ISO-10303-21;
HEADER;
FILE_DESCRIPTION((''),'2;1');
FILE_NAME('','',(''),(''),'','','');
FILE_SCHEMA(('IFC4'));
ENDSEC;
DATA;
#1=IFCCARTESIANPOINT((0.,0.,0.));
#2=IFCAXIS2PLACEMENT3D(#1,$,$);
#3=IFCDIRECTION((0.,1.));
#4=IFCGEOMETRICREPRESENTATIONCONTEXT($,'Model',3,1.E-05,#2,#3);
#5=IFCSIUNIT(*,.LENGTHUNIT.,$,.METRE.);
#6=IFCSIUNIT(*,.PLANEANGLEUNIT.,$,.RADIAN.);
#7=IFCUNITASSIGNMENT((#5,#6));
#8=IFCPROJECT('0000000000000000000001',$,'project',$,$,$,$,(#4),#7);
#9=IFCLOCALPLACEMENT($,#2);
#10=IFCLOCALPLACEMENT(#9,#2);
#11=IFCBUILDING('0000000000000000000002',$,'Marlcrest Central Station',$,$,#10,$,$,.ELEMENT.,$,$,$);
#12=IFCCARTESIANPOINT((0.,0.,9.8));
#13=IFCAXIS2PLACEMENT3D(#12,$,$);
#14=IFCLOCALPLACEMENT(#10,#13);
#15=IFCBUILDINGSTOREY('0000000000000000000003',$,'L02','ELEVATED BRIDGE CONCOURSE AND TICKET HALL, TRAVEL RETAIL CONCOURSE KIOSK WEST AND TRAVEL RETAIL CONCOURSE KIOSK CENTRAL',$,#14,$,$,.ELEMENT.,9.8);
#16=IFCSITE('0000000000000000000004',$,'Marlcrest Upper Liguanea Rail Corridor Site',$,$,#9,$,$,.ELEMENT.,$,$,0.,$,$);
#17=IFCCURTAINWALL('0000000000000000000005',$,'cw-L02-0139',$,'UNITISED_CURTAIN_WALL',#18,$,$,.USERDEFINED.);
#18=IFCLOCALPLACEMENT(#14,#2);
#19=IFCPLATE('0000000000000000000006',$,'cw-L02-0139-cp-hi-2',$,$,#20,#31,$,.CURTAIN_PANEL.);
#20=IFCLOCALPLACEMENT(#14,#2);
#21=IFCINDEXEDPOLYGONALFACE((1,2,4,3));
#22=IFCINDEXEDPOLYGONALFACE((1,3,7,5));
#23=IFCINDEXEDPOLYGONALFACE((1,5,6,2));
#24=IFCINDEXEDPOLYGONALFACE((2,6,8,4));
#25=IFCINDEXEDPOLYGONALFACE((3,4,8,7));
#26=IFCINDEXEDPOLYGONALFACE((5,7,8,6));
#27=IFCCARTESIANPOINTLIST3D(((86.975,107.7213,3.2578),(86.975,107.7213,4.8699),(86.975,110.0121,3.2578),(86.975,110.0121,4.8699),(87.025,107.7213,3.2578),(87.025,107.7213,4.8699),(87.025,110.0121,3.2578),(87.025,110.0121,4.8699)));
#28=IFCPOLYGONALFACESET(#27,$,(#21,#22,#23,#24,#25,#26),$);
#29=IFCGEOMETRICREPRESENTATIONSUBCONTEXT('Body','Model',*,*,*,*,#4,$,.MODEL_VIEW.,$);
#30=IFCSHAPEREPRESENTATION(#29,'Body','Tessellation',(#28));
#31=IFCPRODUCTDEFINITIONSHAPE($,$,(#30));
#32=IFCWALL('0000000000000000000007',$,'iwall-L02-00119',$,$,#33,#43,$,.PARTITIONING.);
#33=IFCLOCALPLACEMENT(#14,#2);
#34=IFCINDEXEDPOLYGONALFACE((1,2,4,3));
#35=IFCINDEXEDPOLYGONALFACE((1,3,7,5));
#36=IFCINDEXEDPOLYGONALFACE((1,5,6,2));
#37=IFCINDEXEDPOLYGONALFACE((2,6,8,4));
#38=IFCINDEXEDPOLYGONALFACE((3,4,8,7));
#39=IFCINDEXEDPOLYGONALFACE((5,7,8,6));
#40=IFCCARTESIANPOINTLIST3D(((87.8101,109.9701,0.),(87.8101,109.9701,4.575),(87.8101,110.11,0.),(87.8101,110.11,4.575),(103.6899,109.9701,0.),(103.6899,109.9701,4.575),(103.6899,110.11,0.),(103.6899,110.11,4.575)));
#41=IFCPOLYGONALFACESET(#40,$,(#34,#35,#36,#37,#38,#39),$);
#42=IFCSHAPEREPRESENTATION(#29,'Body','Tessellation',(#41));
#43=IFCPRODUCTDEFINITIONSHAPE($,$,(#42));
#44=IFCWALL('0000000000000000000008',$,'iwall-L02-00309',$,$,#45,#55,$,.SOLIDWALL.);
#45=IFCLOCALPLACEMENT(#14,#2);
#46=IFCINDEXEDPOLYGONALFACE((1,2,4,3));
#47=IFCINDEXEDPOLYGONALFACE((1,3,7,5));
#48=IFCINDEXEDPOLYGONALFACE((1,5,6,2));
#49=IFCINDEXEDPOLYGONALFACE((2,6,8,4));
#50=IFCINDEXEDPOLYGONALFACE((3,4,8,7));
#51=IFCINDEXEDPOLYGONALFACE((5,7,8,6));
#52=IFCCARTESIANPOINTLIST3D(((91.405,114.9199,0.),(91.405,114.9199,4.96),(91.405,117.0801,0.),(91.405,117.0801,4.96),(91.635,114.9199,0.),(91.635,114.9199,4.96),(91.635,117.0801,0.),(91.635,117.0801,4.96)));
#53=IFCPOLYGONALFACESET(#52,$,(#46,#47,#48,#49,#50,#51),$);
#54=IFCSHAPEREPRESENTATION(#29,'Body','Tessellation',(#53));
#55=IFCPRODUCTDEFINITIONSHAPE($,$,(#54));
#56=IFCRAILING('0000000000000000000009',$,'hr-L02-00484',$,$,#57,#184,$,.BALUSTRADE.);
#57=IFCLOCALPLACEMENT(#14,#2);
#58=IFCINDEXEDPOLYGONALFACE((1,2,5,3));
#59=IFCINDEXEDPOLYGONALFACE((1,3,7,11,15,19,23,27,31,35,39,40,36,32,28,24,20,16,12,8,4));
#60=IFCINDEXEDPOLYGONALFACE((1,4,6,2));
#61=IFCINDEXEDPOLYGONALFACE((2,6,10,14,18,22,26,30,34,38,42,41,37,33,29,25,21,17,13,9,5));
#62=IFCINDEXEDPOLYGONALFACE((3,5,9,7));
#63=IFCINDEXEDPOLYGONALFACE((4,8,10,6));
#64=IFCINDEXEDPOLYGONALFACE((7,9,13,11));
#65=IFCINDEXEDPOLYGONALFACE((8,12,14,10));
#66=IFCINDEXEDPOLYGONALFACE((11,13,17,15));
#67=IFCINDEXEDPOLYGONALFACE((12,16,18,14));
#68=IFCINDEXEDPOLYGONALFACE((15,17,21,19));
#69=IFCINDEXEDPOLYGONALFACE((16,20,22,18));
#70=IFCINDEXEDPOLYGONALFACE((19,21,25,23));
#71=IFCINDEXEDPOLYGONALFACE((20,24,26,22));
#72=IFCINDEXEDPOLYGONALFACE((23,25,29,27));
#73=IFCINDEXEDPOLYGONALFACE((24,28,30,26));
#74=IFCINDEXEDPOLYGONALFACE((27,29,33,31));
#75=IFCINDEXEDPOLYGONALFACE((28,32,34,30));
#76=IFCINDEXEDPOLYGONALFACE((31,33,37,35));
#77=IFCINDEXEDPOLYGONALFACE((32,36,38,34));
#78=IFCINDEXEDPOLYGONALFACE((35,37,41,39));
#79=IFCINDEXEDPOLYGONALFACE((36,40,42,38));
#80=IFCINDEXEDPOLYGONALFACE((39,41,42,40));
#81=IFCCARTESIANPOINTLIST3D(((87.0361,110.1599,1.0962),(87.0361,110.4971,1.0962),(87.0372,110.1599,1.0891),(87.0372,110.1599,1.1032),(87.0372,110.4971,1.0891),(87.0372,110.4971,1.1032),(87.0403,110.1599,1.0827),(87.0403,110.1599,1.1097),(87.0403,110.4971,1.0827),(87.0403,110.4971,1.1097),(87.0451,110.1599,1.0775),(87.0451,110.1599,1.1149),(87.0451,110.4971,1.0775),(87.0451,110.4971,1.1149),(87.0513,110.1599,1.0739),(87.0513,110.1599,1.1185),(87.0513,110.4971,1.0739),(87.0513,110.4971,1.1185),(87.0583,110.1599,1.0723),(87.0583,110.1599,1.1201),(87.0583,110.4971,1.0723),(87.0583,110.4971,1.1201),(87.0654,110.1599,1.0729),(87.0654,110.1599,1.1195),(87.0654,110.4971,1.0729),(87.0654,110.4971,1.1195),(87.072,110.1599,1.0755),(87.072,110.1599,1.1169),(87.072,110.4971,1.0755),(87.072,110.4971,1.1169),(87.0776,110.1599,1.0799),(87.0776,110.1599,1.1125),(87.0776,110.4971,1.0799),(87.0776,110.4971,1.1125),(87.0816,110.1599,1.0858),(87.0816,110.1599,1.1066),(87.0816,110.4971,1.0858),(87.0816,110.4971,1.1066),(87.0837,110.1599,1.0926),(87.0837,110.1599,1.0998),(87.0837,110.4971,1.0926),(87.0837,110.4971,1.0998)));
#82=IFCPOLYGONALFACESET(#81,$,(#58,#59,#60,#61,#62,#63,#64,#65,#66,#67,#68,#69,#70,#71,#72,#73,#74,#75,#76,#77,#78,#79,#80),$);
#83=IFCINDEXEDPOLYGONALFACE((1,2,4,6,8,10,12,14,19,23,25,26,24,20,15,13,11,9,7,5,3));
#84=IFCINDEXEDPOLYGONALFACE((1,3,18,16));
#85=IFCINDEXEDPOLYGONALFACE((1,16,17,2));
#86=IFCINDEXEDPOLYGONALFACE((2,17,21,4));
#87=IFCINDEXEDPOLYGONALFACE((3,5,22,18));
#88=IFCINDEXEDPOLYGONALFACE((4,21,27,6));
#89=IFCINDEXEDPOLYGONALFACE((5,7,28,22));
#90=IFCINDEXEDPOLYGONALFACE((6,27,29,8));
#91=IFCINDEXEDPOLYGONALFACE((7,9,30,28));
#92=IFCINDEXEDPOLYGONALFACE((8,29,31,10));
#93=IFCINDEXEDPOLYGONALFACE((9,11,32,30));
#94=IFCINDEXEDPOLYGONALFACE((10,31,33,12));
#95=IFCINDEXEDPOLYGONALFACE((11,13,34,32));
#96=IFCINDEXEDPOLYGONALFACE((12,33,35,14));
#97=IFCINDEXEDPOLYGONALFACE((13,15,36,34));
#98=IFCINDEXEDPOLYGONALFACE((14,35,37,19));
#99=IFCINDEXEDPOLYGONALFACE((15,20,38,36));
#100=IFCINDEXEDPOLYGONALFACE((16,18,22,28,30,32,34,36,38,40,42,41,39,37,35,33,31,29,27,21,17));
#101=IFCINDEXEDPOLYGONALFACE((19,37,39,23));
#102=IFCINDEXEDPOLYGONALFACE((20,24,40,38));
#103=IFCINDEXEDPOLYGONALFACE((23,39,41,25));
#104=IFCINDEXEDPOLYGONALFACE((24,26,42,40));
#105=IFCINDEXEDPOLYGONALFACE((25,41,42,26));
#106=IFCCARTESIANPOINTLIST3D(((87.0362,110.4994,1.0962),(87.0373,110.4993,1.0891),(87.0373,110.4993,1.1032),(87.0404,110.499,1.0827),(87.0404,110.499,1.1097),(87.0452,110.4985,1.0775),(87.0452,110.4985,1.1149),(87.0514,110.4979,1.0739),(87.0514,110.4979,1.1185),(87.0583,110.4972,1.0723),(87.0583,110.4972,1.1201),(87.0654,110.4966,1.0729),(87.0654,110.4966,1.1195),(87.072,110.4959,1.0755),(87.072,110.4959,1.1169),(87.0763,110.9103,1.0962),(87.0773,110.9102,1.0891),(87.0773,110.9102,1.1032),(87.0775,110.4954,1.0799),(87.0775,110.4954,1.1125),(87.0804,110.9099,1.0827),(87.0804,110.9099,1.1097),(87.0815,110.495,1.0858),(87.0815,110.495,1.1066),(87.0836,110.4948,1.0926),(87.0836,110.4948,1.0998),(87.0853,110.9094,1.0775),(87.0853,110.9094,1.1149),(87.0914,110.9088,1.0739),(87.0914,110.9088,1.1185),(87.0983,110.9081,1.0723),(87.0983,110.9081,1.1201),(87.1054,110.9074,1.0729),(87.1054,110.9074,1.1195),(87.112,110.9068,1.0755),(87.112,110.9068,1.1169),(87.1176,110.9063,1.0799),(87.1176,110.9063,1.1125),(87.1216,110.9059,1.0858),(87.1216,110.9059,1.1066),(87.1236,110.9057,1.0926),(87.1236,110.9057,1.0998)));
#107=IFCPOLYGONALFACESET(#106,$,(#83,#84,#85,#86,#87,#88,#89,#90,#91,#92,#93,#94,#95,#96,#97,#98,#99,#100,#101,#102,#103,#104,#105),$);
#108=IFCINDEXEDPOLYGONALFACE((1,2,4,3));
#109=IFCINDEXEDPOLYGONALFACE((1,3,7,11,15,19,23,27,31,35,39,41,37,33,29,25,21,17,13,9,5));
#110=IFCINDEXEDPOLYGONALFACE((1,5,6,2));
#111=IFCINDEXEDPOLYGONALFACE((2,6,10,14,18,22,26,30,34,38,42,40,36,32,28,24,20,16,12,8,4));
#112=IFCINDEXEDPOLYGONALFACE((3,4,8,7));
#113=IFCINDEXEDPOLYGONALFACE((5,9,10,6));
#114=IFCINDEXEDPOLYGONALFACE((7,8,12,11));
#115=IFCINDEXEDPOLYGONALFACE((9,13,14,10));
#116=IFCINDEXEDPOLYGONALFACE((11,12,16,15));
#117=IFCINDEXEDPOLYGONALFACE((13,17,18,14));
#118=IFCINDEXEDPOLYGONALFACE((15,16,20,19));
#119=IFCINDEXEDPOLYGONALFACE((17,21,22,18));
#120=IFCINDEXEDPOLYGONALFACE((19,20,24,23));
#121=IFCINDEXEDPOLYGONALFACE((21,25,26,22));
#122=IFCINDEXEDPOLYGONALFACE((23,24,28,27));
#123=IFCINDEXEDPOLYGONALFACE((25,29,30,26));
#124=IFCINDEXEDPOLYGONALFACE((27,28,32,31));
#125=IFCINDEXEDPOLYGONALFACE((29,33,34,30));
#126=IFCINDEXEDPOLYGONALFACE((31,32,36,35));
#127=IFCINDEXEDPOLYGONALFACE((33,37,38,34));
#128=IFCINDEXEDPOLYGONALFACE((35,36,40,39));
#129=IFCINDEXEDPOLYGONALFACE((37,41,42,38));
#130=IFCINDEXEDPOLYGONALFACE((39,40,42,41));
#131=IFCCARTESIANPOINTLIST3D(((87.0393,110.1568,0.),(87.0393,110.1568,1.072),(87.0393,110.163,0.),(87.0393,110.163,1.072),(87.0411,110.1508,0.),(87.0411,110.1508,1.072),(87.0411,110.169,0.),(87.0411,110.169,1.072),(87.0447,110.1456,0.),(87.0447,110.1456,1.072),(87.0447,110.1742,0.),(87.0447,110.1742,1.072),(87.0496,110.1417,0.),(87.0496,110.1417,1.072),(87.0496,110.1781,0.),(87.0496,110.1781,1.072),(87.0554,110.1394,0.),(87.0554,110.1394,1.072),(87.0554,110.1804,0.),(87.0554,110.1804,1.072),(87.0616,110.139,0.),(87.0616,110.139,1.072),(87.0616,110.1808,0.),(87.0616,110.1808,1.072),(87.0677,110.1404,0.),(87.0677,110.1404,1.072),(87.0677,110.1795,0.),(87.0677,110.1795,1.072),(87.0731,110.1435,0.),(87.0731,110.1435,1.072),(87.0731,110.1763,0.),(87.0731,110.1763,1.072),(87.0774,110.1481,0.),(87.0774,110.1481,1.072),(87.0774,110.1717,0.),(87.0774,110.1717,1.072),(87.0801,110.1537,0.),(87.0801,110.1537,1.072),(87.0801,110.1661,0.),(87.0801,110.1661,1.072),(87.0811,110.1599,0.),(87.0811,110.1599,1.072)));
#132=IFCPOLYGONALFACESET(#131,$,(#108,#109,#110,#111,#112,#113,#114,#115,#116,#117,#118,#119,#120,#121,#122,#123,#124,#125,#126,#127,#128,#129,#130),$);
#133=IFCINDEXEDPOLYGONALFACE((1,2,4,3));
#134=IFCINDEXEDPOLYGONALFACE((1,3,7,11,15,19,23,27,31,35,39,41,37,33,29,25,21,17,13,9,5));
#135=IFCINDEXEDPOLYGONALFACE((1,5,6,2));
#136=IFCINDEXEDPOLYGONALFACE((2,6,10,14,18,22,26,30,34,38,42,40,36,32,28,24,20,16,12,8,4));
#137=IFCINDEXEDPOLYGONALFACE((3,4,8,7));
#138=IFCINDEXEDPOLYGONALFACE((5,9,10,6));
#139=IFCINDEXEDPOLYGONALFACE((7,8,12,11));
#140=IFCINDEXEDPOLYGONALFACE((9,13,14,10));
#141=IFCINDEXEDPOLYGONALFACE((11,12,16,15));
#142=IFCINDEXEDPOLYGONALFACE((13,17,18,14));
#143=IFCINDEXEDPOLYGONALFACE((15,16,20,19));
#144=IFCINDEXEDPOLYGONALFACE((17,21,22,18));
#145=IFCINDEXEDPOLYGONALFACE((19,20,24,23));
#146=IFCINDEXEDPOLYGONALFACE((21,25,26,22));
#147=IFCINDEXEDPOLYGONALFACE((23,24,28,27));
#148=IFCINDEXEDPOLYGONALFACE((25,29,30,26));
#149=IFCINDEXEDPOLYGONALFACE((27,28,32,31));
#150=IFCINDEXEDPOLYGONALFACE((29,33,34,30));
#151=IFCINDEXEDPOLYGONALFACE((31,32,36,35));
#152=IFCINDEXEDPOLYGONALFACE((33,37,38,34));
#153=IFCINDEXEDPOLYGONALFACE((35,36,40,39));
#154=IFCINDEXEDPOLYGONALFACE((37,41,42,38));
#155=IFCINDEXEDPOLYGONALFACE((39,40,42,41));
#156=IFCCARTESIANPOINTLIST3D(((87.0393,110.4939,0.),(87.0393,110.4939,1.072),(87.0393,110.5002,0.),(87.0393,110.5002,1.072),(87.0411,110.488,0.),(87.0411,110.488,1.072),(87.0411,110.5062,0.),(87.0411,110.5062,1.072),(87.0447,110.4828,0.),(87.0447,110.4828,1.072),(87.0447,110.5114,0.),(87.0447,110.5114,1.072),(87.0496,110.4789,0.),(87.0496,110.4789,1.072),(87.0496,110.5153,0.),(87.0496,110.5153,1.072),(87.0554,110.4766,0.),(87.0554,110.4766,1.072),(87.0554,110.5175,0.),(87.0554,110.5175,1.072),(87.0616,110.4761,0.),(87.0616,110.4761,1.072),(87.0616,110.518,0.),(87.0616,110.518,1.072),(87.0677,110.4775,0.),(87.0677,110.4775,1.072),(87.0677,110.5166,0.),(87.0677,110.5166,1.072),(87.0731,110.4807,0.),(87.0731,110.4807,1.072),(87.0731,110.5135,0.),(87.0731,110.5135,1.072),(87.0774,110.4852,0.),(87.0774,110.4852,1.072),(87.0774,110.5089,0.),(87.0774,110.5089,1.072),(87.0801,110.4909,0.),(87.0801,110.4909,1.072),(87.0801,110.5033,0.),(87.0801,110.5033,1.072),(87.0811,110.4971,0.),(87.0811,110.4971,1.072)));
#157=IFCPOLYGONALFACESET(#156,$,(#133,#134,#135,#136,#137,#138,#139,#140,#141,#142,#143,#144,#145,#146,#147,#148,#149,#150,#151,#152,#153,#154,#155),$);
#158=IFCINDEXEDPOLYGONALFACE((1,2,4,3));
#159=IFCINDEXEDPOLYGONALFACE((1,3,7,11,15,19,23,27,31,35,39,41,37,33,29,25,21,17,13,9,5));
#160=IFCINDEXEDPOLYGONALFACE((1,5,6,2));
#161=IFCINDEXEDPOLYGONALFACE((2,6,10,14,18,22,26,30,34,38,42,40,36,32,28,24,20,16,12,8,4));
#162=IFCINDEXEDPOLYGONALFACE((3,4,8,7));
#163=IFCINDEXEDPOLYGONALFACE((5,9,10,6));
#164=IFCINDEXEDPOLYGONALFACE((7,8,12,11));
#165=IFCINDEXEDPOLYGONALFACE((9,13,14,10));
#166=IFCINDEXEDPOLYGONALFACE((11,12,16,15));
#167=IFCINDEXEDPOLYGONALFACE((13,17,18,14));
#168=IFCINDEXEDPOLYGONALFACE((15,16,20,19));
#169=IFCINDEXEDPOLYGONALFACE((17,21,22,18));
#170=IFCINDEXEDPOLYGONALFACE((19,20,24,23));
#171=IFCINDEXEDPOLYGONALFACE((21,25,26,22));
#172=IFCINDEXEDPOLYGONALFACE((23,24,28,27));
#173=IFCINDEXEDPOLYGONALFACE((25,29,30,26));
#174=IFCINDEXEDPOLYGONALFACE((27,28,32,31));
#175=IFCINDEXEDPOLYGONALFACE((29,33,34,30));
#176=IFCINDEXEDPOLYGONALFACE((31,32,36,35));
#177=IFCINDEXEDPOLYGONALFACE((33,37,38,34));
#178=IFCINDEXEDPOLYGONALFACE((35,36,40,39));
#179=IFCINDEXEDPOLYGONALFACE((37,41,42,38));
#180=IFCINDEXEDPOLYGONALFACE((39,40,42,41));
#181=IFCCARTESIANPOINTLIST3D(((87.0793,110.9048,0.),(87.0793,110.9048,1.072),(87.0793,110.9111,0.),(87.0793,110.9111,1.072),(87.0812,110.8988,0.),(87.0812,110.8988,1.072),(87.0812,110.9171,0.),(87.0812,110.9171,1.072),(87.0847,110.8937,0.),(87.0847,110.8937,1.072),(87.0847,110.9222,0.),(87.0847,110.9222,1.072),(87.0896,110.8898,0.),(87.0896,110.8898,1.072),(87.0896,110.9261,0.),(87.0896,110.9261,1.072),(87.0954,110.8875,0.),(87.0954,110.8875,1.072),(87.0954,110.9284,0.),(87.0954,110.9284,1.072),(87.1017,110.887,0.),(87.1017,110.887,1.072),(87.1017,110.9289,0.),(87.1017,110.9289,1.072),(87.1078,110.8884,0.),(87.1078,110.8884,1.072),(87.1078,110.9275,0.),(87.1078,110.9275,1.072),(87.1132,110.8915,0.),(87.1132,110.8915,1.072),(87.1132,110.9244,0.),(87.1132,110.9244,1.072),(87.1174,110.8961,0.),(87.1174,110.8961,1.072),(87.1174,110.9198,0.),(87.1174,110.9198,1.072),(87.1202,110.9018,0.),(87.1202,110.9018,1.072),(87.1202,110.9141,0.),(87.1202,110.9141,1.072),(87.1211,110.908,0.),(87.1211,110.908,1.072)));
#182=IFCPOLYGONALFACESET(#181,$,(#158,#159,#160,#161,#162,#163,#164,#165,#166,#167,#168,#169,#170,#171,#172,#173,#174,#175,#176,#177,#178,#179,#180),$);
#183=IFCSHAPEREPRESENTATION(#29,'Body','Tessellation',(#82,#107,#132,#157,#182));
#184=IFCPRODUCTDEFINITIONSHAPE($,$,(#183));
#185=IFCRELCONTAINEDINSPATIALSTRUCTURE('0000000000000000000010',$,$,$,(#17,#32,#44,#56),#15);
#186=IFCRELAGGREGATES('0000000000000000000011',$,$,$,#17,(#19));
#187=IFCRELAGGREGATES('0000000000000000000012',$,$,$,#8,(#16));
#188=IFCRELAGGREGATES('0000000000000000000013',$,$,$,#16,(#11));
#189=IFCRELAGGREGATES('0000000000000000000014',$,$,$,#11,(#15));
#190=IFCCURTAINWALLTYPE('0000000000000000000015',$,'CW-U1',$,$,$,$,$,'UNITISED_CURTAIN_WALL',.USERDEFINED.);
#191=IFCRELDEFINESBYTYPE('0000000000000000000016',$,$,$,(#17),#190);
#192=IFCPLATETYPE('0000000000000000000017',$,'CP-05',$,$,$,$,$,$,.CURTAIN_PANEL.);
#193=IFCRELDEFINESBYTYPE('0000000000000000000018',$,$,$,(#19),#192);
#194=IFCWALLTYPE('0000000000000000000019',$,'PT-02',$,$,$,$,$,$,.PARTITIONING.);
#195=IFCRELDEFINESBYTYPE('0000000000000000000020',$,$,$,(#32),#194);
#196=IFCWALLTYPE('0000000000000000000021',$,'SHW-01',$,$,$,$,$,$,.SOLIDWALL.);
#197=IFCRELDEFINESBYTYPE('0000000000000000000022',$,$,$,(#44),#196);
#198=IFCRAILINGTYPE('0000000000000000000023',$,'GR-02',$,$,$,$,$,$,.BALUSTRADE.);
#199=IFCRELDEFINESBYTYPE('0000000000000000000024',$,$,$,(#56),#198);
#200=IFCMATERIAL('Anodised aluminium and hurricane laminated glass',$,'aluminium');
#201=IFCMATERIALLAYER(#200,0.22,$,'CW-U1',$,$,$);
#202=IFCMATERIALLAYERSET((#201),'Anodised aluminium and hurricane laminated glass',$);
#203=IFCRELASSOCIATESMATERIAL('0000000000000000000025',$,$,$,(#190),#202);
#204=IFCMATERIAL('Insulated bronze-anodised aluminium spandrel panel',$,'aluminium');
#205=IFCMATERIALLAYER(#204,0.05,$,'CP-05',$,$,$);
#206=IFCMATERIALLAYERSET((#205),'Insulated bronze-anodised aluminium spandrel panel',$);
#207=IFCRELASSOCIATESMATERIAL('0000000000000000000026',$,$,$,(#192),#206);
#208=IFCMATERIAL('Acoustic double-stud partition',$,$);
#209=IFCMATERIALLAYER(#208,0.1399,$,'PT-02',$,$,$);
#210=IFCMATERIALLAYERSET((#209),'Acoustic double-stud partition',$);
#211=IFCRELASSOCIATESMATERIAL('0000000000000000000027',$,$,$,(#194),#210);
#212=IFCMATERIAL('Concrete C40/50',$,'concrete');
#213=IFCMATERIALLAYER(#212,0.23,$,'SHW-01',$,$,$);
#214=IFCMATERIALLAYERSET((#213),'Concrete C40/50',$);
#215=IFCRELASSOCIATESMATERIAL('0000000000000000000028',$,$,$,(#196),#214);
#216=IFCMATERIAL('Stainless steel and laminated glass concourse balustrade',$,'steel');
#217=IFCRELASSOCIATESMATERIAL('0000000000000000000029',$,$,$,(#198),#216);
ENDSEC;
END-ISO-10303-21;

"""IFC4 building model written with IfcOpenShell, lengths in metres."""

from ifc_helpers import new_model, si_unit, direction, frame, frame_2d, origin, origin_2d, place, context, subcontext, project, spatial, rectangle, circle, extrude, material, layer, layer_set, type_object, element, aggregate, save


model = new_model("IFC4")

# Units and contexts
model_context = context("Model", 3, precision=1e-05, world=origin(), true_north=direction((0.0, 1.0)))
body_context = subcontext(model_context, "Body", "Model", "MODEL_VIEW")
ifc_project = project(units=[si_unit("LENGTHUNIT", "METRE"), si_unit("PLANEANGLEUNIT", "RADIAN")], contexts=[model_context])

# Site, building, storey
site_placement = place(None, origin())
site = spatial("IfcSite", under=ifc_project, at=site_placement, Name="Marlcrest Upper Liguanea Rail Corridor Site", CompositionType="ELEMENT", RefElevation=0.0)
building_placement = place(site_placement, origin())
building = spatial("IfcBuilding", under=site, at=building_placement, Name="Marlcrest Central Station", CompositionType="ELEMENT")
storey_placement = place(building_placement, frame((0.0, 0.0, 9.8)))
storey = spatial("IfcBuildingStorey", under=building, at=storey_placement, Name="L02", Description="ELEVATED BRIDGE CONCOURSE AND TICKET HALL, TRAVEL RETAIL CONCOURSE KIOSK WEST AND TRAVEL RETAIL CONCOURSE KIOSK CENTRAL", CompositionType="ELEMENT", Elevation=9.8)

# Shared definitions
ifc_material_1 = material(Name="Anodised aluminium and hurricane laminated glass", Category="aluminium")
ifc_layer_1 = layer(ifc_material_1, 0.22, Name="CW-U1")
ifc_layer_set_1 = layer_set([ifc_layer_1], Name="Anodised aluminium and hurricane laminated glass")
curtain_wall_type = type_object("IfcCurtainWallType", Name="CW-U1", ElementType="UNITISED_CURTAIN_WALL", PredefinedType="USERDEFINED", material=ifc_layer_set_1)

# Curtain wall
curtain_wall_1_placement = place(storey_placement, origin())
curtain_wall_1 = element("IfcCurtainWall", 1, at=curtain_wall_1_placement, inside=storey, type_object=curtain_wall_type, Name="cw-L02-0139", ObjectType="UNITISED_CURTAIN_WALL", PredefinedType="USERDEFINED")

# Plate
ifc_material_2 = material(Name="Insulated bronze-anodised aluminium spandrel panel", Category="aluminium")
ifc_layer_2 = layer(ifc_material_2, 0.05, Name="CP-05")
ifc_layer_set_2 = layer_set([ifc_layer_2], Name="Insulated bronze-anodised aluminium spandrel panel")
plate_type_1 = type_object("IfcPlateType", Name="CP-05", PredefinedType="CURTAIN_PANEL", material=ifc_layer_set_2)
plate_1_placement = place(storey_placement, frame((87.0, 108.8667, 3.2578), z_axis=(0.0, 0.0, 1.0), x_axis=(0.0, 1.0, 0.0)))
plate_1 = element("IfcPlate", 2, at=plate_1_placement, type_object=plate_type_1, Name="cw-L02-0139-cp-hi-2", PredefinedType="CURTAIN_PANEL", context=body_context, shape_type="SweptSolid", body=[
    extrude(rectangle(XDim=2.2908, YDim=0.05, at=origin_2d()), origin(), (0.0, 0.0, 1.0), 1.6121),
])
aggregate(curtain_wall_1, [plate_1])

# Walls
ifc_material_3 = material(Name="Acoustic double-stud partition")
ifc_layer_3 = layer(ifc_material_3, 0.1399, Name="PT-02")
ifc_layer_set_3 = layer_set([ifc_layer_3], Name="Acoustic double-stud partition")
wall_type_1 = type_object("IfcWallType", Name="PT-02", PredefinedType="PARTITIONING", material=ifc_layer_set_3)
wall_1_placement = place(storey_placement, frame((87.8101, 110.04, 0.0), z_axis=(0.0, 0.0, 1.0), x_axis=(1.0, 0.0, 0.0)))
element("IfcWall", 3, at=wall_1_placement, inside=storey, type_object=wall_type_1, Name="iwall-L02-00119", PredefinedType="PARTITIONING", context=body_context, shape_type="SweptSolid", body=[
    extrude(rectangle(XDim=15.8799, YDim=0.1399, at=frame_2d((7.9399, 0.0))), origin(), (0.0, 0.0, 1.0), 4.575),
])
ifc_material_4 = material(Name="Concrete C40/50", Category="concrete")
ifc_layer_4 = layer(ifc_material_4, 0.23, Name="SHW-01")
ifc_layer_set_4 = layer_set([ifc_layer_4], Name="Concrete C40/50")
wall_type_2 = type_object("IfcWallType", Name="SHW-01", PredefinedType="SOLIDWALL", material=ifc_layer_set_4)
wall_2_placement = place(storey_placement, frame((91.52, 114.9199, 0.0), z_axis=(0.0, 0.0, 1.0), x_axis=(0.0, 1.0, 0.0)))
element("IfcWall", 4, at=wall_2_placement, inside=storey, type_object=wall_type_2, Name="iwall-L02-00309", PredefinedType="SOLIDWALL", context=body_context, shape_type="SweptSolid", body=[
    extrude(rectangle(XDim=2.1602, YDim=0.23, at=frame_2d((1.0801, 0.0))), origin(), (0.0, 0.0, 1.0), 4.96),
])

# Railing
ifc_material_5 = material(Name="Stainless steel and laminated glass concourse balustrade", Category="steel")
railing_type = type_object("IfcRailingType", Name="GR-02", PredefinedType="BALUSTRADE", material=ifc_material_5)
railing_1_placement = place(storey_placement, frame((87.0601, 110.1599, 0.0)))
element("IfcRailing", 5, at=railing_1_placement, inside=storey, type_object=railing_type, Name="hr-L02-00484", PredefinedType="BALUSTRADE", context=body_context, shape_type="SweptSolid", body=[
    extrude(circle(Radius=0.0239, at=origin_2d()), frame((0.0, 0.0, 1.0962), z_axis=(0.0, 1.0, 0.0), x_axis=(-1.0, 0.0, 0.0)), (0.0, 0.0, 1.0), 0.3372),
    extrude(circle(Radius=0.0239, at=origin_2d()), frame((0.0, 0.3372, 1.0962), z_axis=(0.096986, 0.995286, 0.0), x_axis=(-0.995286, 0.096986, 0.0)), (0.0, 0.0, 1.0), 0.4128),
    extrude(circle(Radius=0.021, at=origin_2d()), origin(), (0.0, 0.0, 1.0), 1.072),
    extrude(circle(Radius=0.021, at=origin_2d()), frame((0.0, 0.3372, 0.0)), (0.0, 0.0, 1.0), 1.072),
    extrude(circle(Radius=0.021, at=origin_2d()), frame((0.04, 0.748, 0.0)), (0.0, 0.0, 1.0), 1.072),
])

save(model, "model.ifc")
